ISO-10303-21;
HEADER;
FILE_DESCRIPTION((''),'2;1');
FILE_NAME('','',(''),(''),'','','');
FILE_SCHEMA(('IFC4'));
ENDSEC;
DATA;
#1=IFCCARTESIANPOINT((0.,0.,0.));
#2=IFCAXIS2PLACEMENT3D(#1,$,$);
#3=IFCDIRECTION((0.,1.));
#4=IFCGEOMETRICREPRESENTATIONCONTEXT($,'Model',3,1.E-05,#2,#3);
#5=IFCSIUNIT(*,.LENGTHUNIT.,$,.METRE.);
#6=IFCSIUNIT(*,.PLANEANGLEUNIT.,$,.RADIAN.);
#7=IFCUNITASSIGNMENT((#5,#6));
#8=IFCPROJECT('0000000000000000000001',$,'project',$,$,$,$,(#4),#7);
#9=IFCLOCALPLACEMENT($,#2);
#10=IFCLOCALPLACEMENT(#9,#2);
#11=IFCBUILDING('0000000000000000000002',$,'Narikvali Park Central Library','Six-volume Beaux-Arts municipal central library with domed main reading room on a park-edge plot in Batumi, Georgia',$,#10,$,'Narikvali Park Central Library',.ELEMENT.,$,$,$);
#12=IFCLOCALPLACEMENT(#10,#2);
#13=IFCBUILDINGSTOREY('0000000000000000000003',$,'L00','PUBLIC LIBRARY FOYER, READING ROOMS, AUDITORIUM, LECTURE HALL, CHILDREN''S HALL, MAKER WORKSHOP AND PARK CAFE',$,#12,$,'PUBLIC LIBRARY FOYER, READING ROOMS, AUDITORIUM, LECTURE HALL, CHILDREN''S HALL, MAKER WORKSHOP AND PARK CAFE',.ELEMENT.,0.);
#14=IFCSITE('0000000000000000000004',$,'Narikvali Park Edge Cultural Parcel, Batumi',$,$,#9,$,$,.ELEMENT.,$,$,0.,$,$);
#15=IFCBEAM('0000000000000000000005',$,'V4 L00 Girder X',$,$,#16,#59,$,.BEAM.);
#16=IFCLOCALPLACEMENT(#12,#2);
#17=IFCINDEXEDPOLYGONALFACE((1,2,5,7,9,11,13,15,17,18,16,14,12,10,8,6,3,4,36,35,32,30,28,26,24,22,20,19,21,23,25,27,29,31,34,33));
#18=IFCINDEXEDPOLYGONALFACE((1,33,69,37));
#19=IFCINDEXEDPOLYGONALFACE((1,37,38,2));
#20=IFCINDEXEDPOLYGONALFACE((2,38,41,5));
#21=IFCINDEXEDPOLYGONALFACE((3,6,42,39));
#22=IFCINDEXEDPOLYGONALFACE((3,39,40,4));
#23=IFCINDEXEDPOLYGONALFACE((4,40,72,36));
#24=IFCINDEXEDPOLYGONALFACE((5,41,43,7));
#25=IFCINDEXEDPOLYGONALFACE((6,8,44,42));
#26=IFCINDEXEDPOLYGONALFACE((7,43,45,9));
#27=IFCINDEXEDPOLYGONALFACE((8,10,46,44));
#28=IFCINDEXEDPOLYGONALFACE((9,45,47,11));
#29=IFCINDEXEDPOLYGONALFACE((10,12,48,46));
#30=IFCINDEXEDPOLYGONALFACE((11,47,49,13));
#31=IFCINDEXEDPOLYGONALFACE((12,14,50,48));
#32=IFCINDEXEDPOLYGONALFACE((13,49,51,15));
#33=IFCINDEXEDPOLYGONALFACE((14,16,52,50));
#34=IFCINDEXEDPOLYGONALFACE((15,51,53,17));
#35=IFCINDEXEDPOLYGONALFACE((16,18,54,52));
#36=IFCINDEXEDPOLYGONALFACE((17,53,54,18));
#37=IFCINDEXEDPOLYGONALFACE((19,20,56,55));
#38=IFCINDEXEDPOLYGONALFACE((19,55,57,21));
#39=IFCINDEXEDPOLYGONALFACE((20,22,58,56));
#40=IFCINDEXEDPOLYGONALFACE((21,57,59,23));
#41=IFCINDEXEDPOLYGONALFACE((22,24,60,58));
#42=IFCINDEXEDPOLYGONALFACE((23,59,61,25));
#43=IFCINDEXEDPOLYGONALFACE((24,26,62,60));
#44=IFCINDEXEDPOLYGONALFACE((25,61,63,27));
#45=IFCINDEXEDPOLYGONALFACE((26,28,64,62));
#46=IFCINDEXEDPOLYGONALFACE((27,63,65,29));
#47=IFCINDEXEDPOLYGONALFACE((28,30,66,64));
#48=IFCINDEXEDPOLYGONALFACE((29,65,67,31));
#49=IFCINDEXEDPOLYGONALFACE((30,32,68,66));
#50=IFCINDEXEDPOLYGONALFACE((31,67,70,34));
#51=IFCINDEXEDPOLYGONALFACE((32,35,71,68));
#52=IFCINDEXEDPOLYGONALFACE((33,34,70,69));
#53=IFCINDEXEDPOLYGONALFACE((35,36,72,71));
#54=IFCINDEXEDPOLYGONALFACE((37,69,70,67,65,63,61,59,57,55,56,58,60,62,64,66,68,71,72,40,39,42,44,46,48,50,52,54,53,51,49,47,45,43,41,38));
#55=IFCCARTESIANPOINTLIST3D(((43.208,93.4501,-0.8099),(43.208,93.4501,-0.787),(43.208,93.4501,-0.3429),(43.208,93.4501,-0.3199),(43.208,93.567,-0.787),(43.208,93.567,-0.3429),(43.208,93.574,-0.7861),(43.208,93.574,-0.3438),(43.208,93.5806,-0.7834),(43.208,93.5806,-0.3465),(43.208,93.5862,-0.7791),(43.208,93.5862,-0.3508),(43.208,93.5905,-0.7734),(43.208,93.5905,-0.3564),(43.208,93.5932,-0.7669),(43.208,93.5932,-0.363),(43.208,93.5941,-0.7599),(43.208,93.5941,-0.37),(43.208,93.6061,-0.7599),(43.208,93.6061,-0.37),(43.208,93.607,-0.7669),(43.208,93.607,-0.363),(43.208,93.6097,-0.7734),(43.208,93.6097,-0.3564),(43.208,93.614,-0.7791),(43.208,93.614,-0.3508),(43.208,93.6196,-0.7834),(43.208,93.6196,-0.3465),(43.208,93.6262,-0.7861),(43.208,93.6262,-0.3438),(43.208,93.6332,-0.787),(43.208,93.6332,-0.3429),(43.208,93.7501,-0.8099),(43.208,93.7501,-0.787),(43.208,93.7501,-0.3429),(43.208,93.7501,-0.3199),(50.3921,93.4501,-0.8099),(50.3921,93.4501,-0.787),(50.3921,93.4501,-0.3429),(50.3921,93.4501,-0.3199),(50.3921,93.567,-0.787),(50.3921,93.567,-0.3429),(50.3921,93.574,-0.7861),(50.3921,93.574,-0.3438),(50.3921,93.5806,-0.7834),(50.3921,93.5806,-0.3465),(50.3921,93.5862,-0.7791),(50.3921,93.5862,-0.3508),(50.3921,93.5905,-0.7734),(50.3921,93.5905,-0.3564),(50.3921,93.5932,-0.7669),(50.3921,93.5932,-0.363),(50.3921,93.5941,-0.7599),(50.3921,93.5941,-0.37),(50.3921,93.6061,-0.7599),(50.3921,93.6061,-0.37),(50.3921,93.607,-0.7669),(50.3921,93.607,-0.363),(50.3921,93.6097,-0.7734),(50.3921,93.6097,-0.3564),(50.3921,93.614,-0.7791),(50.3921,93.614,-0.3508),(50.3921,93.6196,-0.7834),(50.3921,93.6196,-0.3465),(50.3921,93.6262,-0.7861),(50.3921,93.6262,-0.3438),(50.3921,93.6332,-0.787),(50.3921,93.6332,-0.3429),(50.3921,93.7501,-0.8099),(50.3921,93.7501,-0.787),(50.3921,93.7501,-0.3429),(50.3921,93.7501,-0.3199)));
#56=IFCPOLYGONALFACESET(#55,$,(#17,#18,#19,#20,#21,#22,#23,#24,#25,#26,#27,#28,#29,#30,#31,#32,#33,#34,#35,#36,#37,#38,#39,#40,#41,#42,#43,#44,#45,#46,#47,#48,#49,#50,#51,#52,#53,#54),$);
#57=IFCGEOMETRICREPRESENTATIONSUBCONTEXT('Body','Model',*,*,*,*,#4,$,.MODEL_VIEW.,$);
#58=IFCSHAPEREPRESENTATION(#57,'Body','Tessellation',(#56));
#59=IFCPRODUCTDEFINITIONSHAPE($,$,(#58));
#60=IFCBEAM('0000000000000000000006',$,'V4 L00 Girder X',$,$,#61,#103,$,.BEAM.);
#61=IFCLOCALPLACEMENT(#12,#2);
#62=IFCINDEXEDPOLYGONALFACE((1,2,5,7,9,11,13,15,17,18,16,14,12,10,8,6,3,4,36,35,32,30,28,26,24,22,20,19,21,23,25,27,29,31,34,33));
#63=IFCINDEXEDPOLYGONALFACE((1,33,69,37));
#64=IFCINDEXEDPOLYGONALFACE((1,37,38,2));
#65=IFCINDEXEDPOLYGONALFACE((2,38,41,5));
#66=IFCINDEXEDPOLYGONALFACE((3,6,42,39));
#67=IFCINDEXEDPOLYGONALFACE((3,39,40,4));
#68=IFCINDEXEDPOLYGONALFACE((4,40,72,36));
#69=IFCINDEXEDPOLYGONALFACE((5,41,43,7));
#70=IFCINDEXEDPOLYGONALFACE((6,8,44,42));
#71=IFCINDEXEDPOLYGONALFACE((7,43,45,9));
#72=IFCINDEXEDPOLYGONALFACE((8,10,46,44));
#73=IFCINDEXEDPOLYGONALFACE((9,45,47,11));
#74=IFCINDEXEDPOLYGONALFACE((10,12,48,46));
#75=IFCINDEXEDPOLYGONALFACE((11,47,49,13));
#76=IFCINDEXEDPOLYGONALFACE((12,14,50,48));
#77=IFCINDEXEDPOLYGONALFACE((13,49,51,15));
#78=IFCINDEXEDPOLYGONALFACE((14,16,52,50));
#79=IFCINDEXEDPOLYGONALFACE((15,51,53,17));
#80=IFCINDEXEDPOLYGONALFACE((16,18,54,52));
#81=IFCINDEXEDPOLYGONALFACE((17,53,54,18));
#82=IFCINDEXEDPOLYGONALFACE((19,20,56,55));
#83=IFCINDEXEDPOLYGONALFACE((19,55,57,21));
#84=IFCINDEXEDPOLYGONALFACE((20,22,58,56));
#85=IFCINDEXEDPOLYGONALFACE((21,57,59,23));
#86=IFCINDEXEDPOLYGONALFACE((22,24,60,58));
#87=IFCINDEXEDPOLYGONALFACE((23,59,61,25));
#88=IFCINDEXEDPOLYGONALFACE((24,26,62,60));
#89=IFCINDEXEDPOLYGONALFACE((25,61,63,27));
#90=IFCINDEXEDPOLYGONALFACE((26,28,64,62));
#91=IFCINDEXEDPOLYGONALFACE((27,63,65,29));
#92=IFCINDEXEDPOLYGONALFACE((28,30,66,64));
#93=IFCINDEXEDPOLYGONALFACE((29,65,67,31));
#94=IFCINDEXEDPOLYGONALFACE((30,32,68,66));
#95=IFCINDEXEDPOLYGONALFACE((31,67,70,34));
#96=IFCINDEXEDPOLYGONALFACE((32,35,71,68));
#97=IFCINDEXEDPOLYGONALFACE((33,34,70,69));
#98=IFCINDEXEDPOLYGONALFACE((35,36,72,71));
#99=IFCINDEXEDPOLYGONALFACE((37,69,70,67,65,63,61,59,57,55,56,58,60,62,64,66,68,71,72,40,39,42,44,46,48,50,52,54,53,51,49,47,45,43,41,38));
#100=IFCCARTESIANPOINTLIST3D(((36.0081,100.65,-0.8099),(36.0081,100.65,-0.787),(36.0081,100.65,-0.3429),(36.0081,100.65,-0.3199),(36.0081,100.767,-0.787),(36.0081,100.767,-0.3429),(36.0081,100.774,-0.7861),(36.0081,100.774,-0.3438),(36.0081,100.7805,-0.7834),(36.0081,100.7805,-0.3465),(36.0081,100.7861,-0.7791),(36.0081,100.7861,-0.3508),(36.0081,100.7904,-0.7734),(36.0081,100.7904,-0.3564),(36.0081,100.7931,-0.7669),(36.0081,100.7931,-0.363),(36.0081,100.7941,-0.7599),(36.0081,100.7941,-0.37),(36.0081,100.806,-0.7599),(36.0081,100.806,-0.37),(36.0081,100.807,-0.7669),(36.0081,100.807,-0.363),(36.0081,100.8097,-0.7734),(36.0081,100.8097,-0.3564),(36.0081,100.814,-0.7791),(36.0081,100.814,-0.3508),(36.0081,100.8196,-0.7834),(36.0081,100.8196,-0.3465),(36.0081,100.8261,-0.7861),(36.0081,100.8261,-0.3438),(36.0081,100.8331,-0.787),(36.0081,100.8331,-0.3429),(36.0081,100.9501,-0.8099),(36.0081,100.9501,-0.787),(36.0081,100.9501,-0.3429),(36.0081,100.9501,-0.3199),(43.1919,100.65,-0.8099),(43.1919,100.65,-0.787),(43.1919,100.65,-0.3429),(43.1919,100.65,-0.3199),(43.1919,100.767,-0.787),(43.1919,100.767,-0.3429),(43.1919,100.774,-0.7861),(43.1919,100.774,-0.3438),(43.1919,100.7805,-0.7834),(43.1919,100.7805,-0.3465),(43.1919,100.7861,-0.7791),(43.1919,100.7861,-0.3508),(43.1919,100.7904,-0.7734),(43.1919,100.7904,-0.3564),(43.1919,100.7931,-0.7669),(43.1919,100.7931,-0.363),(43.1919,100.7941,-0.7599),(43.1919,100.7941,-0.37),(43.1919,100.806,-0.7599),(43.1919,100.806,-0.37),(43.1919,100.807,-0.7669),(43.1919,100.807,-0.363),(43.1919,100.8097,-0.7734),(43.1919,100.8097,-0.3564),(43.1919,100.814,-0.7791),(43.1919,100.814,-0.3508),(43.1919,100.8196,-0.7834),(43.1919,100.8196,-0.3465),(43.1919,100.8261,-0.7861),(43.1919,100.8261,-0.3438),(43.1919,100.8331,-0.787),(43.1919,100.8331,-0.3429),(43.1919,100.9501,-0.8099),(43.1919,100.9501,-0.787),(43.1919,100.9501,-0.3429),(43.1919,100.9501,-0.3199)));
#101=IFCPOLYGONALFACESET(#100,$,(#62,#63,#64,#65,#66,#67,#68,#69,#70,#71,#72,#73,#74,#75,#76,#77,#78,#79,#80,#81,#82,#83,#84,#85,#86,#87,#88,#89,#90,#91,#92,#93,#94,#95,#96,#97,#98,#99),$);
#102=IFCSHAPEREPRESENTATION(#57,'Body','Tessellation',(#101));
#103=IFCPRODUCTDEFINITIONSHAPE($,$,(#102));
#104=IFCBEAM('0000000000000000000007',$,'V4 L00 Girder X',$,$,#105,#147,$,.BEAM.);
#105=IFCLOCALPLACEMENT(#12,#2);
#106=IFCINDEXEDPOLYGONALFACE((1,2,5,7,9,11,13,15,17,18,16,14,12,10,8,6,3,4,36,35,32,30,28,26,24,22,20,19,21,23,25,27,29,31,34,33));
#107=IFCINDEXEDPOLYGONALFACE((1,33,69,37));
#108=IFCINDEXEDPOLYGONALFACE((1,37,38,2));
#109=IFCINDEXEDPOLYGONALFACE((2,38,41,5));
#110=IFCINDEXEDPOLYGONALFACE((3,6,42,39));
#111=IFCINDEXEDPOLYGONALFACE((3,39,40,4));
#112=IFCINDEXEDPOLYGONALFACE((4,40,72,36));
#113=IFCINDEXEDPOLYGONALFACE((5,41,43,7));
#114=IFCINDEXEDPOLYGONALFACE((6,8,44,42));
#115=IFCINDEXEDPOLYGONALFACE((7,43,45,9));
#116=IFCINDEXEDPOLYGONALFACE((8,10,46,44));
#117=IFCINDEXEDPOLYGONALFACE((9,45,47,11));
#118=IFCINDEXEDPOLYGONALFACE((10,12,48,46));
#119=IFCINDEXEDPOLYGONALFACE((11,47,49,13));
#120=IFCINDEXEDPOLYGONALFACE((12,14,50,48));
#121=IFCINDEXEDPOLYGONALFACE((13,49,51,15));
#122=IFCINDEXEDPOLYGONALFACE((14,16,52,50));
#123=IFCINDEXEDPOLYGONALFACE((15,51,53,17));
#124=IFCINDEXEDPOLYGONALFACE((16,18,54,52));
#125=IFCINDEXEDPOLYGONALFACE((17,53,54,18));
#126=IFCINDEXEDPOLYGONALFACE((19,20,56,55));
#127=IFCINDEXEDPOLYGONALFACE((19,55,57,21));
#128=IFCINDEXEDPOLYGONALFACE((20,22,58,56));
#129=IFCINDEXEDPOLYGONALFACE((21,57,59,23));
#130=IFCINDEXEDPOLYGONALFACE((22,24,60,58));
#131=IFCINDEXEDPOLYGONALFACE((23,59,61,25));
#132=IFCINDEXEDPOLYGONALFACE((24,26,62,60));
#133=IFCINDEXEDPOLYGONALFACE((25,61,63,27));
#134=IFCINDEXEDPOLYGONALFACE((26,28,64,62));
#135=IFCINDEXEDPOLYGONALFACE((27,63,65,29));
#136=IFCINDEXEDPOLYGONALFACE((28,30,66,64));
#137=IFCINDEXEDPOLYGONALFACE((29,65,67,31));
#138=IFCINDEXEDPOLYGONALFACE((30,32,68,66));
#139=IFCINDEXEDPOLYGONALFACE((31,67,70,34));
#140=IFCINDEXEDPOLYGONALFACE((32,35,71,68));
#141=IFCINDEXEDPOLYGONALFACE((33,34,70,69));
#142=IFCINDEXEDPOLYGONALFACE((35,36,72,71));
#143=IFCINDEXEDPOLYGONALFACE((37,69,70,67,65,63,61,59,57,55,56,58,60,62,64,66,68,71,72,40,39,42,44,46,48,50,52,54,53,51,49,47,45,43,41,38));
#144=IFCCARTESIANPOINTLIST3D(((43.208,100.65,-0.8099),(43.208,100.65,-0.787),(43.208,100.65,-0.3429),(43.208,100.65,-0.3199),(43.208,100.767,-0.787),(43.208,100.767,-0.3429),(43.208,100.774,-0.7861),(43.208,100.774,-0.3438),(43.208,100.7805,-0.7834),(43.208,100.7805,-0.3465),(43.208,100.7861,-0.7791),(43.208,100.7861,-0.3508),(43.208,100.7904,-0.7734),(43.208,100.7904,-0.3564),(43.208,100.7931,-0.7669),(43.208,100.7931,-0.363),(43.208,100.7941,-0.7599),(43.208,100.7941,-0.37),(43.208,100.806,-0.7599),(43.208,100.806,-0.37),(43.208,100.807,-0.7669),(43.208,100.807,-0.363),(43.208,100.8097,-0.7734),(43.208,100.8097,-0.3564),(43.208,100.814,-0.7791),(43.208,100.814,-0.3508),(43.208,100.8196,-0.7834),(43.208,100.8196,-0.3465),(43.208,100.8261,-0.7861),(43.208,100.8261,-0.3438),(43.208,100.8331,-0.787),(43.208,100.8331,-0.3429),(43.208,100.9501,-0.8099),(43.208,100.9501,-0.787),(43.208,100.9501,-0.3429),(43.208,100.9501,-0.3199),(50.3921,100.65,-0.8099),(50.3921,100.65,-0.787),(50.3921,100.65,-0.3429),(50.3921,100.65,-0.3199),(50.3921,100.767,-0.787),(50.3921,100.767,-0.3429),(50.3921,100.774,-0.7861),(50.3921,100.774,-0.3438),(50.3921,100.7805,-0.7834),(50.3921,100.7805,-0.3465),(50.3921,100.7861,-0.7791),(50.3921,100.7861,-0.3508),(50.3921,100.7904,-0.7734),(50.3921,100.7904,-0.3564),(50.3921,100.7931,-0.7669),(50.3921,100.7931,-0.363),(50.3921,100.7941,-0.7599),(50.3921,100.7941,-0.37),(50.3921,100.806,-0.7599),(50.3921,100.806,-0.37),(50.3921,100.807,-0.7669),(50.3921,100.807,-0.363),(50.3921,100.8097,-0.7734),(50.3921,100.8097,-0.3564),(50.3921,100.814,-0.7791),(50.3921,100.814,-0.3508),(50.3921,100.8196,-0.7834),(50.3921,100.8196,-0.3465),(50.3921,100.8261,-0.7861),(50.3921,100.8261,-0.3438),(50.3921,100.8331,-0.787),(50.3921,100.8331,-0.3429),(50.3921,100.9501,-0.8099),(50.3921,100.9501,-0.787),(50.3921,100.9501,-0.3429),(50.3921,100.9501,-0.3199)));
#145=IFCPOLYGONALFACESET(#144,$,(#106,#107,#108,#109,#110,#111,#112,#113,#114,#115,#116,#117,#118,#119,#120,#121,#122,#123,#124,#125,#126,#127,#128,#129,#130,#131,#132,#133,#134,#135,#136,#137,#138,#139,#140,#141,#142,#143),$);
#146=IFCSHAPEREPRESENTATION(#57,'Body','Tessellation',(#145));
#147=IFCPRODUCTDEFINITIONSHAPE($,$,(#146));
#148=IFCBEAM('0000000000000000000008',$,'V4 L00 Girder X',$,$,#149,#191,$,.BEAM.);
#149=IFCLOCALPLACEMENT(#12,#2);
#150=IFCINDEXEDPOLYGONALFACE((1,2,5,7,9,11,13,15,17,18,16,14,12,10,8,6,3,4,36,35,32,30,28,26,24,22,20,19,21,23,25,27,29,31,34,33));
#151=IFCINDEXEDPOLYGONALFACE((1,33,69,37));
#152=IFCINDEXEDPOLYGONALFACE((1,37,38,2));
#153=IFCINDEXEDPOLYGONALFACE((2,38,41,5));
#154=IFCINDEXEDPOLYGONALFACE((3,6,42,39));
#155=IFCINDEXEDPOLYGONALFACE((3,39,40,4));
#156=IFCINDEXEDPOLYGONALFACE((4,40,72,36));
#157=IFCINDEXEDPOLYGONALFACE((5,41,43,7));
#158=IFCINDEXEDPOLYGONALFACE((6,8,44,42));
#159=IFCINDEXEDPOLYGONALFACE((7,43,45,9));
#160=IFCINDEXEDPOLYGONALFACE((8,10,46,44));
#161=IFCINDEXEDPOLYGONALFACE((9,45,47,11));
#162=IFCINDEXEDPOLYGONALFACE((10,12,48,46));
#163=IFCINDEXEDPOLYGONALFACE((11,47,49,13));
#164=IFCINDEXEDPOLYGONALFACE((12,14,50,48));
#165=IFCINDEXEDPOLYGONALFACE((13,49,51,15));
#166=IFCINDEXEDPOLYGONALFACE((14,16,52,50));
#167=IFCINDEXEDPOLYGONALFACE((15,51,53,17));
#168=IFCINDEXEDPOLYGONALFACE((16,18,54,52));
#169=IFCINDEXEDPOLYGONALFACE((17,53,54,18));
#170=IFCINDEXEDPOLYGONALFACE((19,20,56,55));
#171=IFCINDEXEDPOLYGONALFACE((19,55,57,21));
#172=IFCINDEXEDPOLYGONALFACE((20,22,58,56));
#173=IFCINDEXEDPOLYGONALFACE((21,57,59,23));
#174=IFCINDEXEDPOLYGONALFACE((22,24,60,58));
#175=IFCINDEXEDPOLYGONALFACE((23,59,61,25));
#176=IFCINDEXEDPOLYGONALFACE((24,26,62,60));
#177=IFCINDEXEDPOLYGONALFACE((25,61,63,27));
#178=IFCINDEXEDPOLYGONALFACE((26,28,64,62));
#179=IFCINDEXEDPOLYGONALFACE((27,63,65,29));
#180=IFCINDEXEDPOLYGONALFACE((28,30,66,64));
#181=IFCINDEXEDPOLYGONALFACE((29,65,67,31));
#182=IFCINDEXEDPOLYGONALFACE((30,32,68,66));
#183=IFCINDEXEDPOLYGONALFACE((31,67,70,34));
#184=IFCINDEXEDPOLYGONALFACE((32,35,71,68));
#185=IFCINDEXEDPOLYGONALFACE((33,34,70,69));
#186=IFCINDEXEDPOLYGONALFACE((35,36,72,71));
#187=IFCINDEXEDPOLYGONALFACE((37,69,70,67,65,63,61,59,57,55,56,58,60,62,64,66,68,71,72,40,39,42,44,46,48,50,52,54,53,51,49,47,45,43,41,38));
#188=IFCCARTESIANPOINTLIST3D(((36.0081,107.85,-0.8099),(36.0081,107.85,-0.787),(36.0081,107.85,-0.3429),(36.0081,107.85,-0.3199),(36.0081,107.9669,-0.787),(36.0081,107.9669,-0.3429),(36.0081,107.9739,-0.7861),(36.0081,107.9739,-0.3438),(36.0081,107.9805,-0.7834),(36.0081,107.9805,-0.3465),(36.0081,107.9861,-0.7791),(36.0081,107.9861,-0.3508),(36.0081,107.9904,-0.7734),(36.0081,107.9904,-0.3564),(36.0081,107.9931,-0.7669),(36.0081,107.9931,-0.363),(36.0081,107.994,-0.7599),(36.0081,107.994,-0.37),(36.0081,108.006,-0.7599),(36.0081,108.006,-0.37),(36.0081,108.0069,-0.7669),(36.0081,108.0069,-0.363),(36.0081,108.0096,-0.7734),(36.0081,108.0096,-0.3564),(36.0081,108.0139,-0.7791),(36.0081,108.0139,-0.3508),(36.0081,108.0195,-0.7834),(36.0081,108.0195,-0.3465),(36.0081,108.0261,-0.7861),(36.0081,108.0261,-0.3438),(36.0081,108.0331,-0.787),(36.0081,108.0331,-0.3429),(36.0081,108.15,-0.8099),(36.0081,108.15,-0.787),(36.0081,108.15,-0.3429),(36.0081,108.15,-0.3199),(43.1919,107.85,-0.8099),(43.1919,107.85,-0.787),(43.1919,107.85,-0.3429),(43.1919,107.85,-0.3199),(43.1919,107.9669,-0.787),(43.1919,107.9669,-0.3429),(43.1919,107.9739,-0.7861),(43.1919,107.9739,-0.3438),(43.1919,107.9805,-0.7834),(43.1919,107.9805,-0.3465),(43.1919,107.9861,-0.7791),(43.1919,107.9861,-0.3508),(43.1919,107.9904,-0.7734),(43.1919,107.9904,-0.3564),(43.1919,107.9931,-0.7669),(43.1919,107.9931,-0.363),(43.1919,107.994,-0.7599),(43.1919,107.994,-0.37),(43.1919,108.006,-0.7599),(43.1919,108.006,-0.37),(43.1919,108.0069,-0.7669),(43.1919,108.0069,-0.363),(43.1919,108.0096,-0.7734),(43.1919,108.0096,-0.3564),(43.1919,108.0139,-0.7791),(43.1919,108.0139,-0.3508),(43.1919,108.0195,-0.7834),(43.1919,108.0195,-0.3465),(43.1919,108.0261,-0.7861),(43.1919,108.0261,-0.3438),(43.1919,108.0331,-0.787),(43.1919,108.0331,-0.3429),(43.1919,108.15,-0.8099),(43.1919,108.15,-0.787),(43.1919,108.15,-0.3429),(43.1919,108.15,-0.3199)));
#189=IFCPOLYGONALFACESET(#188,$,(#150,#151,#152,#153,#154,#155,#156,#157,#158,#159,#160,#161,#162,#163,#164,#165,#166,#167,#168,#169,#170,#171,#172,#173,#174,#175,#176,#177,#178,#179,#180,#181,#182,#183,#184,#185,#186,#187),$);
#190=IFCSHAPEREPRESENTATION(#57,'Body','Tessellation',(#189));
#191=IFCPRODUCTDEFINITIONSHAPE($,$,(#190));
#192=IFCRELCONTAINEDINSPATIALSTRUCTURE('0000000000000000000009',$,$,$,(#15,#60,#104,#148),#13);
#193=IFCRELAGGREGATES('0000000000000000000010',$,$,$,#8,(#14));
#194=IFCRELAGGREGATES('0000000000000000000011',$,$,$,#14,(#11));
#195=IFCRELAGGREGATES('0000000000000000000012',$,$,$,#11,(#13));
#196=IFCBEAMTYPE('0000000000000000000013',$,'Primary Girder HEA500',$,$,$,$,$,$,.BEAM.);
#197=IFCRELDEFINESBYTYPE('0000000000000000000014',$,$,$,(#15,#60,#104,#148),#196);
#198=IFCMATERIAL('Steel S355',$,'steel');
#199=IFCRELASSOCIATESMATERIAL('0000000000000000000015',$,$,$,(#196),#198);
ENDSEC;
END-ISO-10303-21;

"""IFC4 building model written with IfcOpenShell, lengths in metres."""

from ifc_helpers import new_model, si_unit, direction, frame, origin, origin_2d, place, context, subcontext, project, spatial, i_section, extrude, material, material_profile, profile_set, type_object, element, save


model = new_model("IFC4")

# Units and contexts
model_context = context("Model", 3, precision=1e-05, world=origin(), true_north=direction((0.0, 1.0)))
body_context = subcontext(model_context, "Body", "Model", "MODEL_VIEW")
ifc_project = project(units=[si_unit("LENGTHUNIT", "METRE"), si_unit("PLANEANGLEUNIT", "RADIAN")], contexts=[model_context])

# Site, building, storey
site_placement = place(None, origin())
site = spatial("IfcSite", under=ifc_project, at=site_placement, Name="Narikvali Park Edge Cultural Parcel, Batumi", CompositionType="ELEMENT", RefElevation=0.0)
building_placement = place(site_placement, origin())
building = spatial("IfcBuilding", under=site, at=building_placement, Name="Narikvali Park Central Library", Description="Six-volume Beaux-Arts municipal central library with domed main reading room on a park-edge plot in Batumi, Georgia", LongName="Narikvali Park Central Library", CompositionType="ELEMENT")
storey_placement = place(building_placement, origin())
storey = spatial("IfcBuildingStorey", under=building, at=storey_placement, Name="L00", Description="PUBLIC LIBRARY FOYER, READING ROOMS, AUDITORIUM, LECTURE HALL, CHILDREN'S HALL, MAKER WORKSHOP AND PARK CAFE", LongName="PUBLIC LIBRARY FOYER, READING ROOMS, AUDITORIUM, LECTURE HALL, CHILDREN'S HALL, MAKER WORKSHOP AND PARK CAFE", CompositionType="ELEMENT", Elevation=0.0)

# Shared definitions
ifc_material = material(Name="Steel S355", Category="steel")

# Beams
ifc_material_profile_1 = material_profile(ifc_material, i_section(OverallWidth=0.3, OverallDepth=0.49, WebThickness=0.012, FlangeThickness=0.0229, FilletRadius=0.0271, at=origin_2d()), Name="HEA 500")
ifc_profile_set_1 = profile_set([ifc_material_profile_1], Name="Steel S355")
beam_type_1 = type_object("IfcBeamType", Name="Primary Girder HEA500", PredefinedType="BEAM", material=ifc_profile_set_1)
beam_1_placement = place(storey_placement, frame((43.208, 93.6001, -0.5649), z_axis=(1.0, 0.0, 0.0), x_axis=(0.0, 1.0, 0.0)))
element("IfcBeam", 1, at=beam_1_placement, inside=storey, type_object=beam_type_1, Name="V4 L00 Girder X", PredefinedType="BEAM", context=body_context, shape_type="SweptSolid", body=[
    extrude(i_section(OverallWidth=0.3, OverallDepth=0.49, WebThickness=0.012, FlangeThickness=0.0229, FilletRadius=0.0271, at=origin_2d()), origin(), (0.0, 0.0, 1.0), 7.1841),
])
beam_2_placement = place(storey_placement, frame((36.0081, 100.8, -0.5649), z_axis=(1.0, 0.0, 0.0), x_axis=(0.0, 1.0, 0.0)))
element("IfcBeam", 2, at=beam_2_placement, inside=storey, type_object=beam_type_1, Name="V4 L00 Girder X", PredefinedType="BEAM", context=body_context, shape_type="SweptSolid", body=[
    extrude(i_section(OverallWidth=0.3, OverallDepth=0.49, WebThickness=0.012, FlangeThickness=0.0229, FilletRadius=0.0271, at=origin_2d()), origin(), (0.0, 0.0, 1.0), 7.1838),
])
beam_3_placement = place(storey_placement, frame((43.208, 100.8, -0.5649), z_axis=(1.0, 0.0, 0.0), x_axis=(0.0, 1.0, 0.0)))
element("IfcBeam", 3, at=beam_3_placement, inside=storey, type_object=beam_type_1, Name="V4 L00 Girder X", PredefinedType="BEAM", context=body_context, shape_type="SweptSolid", body=[
    extrude(i_section(OverallWidth=0.3, OverallDepth=0.49, WebThickness=0.012, FlangeThickness=0.0229, FilletRadius=0.0271, at=origin_2d()), origin(), (0.0, 0.0, 1.0), 7.1841),
])
beam_4_placement = place(storey_placement, frame((36.0081, 108.0, -0.5649), z_axis=(1.0, 0.0, 0.0), x_axis=(0.0, 1.0, 0.0)))
element("IfcBeam", 4, at=beam_4_placement, inside=storey, type_object=beam_type_1, Name="V4 L00 Girder X", PredefinedType="BEAM", context=body_context, shape_type="SweptSolid", body=[
    extrude(i_section(OverallWidth=0.3, OverallDepth=0.49, WebThickness=0.012, FlangeThickness=0.0229, FilletRadius=0.0271, at=origin_2d()), origin(), (0.0, 0.0, 1.0), 7.1838),
])

save(model, "model.ifc")
